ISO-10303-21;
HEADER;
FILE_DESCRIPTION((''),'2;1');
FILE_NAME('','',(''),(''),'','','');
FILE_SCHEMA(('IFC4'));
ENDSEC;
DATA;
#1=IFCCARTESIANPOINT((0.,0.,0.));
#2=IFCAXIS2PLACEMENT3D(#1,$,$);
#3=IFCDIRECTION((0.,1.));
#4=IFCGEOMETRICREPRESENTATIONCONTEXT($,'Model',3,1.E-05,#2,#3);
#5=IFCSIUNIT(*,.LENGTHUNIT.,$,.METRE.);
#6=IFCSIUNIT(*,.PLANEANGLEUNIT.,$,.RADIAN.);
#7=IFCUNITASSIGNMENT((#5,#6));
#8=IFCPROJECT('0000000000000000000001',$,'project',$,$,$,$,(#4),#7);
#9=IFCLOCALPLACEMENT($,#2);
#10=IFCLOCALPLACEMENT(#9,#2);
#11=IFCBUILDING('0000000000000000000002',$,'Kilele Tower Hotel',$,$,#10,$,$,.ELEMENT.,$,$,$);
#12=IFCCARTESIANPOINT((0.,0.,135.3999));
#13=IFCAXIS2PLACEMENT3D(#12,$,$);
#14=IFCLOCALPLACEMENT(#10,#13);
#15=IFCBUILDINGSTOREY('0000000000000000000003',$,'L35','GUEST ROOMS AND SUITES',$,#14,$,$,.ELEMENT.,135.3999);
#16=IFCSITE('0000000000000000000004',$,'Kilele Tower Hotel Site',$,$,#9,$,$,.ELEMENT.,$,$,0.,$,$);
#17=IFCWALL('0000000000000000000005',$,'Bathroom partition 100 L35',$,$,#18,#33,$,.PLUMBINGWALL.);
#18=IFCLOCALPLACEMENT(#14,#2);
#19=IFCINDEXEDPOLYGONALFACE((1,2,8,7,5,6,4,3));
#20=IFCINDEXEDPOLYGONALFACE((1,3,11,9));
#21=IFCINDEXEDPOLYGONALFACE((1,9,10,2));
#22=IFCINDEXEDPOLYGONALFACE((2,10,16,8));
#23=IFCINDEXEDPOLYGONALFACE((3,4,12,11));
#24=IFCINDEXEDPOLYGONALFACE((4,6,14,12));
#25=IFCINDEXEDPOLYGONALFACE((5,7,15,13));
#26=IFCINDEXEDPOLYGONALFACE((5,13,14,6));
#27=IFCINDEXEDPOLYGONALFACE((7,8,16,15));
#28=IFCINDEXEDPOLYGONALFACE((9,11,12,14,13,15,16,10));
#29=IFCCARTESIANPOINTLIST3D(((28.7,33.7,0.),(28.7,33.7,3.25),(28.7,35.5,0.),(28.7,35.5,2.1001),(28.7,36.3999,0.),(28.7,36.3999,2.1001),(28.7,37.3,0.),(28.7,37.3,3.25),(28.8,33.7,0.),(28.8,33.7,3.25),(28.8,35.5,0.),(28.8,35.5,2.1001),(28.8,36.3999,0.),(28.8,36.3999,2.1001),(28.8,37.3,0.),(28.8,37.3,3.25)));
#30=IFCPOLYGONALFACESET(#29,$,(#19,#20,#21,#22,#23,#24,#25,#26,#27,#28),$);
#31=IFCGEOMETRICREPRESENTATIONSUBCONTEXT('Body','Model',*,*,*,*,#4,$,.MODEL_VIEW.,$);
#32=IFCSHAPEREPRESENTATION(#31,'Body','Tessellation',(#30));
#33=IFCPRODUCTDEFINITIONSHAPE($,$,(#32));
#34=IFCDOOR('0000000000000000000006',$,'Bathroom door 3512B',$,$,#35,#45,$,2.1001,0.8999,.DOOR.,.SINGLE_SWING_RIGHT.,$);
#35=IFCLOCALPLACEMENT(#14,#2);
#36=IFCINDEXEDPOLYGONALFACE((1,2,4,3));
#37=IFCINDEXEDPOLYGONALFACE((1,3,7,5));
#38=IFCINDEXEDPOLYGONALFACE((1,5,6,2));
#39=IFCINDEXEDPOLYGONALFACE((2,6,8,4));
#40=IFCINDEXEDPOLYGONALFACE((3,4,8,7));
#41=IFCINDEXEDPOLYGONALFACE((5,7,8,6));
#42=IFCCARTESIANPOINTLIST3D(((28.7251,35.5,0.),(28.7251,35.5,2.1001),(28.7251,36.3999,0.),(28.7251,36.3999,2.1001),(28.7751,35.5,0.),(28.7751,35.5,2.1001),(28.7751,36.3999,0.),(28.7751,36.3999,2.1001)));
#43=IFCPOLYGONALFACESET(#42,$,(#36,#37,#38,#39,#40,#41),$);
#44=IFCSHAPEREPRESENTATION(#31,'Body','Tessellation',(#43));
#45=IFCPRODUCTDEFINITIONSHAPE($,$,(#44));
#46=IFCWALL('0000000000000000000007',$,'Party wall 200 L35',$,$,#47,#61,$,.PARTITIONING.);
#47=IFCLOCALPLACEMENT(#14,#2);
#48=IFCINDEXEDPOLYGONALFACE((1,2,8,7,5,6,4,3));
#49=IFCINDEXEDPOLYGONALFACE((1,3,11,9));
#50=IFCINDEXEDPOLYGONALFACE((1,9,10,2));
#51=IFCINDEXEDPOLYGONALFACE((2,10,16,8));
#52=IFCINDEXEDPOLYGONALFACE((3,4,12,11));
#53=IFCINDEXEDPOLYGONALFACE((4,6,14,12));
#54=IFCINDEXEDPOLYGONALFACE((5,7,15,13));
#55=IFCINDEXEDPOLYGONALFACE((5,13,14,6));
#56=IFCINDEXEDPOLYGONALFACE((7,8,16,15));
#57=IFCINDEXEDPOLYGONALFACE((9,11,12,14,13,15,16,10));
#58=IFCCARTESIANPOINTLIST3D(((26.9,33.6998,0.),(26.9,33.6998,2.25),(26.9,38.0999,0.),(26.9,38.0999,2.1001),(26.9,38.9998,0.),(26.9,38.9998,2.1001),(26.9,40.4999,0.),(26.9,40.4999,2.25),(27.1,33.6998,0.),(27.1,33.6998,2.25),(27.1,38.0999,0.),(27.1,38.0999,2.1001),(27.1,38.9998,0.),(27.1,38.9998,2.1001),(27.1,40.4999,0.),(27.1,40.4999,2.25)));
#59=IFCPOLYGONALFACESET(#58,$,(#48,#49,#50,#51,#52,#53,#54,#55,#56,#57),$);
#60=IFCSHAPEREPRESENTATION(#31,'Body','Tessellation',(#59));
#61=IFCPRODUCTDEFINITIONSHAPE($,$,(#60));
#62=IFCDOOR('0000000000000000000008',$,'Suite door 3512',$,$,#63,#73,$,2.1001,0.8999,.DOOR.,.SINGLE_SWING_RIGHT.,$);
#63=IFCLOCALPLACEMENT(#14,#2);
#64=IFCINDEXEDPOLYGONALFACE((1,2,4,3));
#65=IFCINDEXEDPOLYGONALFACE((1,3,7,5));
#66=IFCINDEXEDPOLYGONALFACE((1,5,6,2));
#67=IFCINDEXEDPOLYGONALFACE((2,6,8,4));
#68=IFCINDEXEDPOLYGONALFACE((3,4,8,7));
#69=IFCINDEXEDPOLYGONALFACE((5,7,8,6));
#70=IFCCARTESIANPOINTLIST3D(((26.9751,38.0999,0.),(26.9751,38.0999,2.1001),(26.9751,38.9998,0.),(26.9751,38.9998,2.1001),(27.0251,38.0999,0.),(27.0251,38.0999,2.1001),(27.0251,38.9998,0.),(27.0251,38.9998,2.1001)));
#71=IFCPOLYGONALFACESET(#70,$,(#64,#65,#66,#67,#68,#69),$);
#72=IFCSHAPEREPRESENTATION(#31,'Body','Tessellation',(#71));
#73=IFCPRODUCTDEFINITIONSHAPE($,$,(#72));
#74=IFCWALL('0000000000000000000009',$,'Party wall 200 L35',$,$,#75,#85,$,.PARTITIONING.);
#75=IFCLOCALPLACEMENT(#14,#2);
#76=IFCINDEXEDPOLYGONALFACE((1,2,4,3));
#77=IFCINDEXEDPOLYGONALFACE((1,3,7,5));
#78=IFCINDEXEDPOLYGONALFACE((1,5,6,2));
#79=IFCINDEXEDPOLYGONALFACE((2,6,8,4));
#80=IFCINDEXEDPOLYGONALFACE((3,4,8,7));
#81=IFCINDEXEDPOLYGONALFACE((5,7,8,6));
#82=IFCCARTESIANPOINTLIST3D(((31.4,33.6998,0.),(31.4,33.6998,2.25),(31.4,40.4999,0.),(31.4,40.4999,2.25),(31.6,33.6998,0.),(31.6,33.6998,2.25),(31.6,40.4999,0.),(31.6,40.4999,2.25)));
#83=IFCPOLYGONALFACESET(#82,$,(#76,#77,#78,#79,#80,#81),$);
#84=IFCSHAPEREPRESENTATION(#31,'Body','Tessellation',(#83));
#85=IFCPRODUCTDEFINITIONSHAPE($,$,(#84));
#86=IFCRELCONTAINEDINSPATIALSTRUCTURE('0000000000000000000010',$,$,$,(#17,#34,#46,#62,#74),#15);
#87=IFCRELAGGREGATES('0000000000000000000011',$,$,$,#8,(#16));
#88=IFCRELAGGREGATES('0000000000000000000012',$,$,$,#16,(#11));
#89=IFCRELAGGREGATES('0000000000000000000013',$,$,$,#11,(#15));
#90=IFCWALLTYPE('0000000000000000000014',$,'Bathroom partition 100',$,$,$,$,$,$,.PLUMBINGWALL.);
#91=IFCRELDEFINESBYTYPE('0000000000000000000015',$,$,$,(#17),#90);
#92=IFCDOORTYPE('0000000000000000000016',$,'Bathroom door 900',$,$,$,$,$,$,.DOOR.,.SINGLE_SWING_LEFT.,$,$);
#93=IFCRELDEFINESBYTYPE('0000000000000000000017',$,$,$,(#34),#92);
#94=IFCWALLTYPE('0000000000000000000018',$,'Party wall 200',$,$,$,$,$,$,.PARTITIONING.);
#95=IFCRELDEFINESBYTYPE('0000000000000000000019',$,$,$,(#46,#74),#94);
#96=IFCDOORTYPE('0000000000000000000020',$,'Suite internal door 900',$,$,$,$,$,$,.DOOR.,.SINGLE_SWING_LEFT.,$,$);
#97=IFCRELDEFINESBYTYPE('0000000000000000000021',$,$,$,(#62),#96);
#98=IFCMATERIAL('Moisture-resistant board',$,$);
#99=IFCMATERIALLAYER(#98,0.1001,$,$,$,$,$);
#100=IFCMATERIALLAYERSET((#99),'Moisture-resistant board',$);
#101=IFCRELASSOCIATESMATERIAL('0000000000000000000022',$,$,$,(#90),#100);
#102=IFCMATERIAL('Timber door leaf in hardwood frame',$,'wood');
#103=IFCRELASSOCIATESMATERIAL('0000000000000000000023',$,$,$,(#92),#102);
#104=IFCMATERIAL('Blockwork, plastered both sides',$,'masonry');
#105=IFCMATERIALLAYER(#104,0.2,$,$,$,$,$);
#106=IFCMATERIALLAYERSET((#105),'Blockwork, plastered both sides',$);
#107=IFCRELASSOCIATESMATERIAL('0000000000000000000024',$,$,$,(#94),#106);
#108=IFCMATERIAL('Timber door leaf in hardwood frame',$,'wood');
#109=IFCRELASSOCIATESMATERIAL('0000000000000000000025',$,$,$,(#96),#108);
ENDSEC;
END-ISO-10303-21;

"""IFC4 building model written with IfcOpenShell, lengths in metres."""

from ifc_helpers import new_model, si_unit, direction, frame, frame_2d, origin, place, context, subcontext, project, spatial, rectangle, extrude, material, layer, layer_set, type_object, element, fill, save


model = new_model("IFC4")

# Units and contexts
model_context = context("Model", 3, precision=1e-05, world=origin(), true_north=direction((0.0, 1.0)))
body_context = subcontext(model_context, "Body", "Model", "MODEL_VIEW")
ifc_project = project(units=[si_unit("LENGTHUNIT", "METRE"), si_unit("PLANEANGLEUNIT", "RADIAN")], contexts=[model_context])

# Site, building, storey
site_placement = place(None, origin())
site = spatial("IfcSite", under=ifc_project, at=site_placement, Name="Kilele Tower Hotel Site", CompositionType="ELEMENT", RefElevation=0.0)
building_placement = place(site_placement, origin())
building = spatial("IfcBuilding", under=site, at=building_placement, Name="Kilele Tower Hotel", CompositionType="ELEMENT")
storey_placement = place(building_placement, frame((0.0, 0.0, 135.3999)))
storey = spatial("IfcBuildingStorey", under=building, at=storey_placement, Name="L35", Description="GUEST ROOMS AND SUITES", CompositionType="ELEMENT", Elevation=135.3999)

# Shared definitions
ifc_material_1 = material(Name="Moisture-resistant board")
ifc_layer_1 = layer(ifc_material_1, 0.1001)
ifc_layer_set_1 = layer_set([ifc_layer_1], Name="Moisture-resistant board")
wall_type_1 = type_object("IfcWallType", Name="Bathroom partition 100", PredefinedType="PLUMBINGWALL", material=ifc_layer_set_1)

# Shared definitions
ifc_material_2 = material(Name="Timber door leaf in hardwood frame", Category="wood")
door_type_1 = type_object("IfcDoorType", Name="Bathroom door 900", OperationType="SINGLE_SWING_LEFT", PredefinedType="DOOR", material=ifc_material_2)

# Walls, openings, doors
wall_1_placement = place(storey_placement, frame((28.75, 33.7, 0.0), z_axis=(0.0, 0.0, 1.0), x_axis=(0.0, 1.0, 0.0)))
wall_1 = element("IfcWall", 1, at=wall_1_placement, inside=storey, type_object=wall_type_1, Name="Bathroom partition 100 L35", PredefinedType="PLUMBINGWALL", context=body_context, shape_type="SweptSolid", body=[
    extrude(rectangle(XDim=3.6001, YDim=0.1001, at=frame_2d((1.8, 0.0))), origin(), (0.0, 0.0, 1.0), 3.25),
])
opening_1_placement = place(wall_1_placement, frame((1.8, 0.0, 0.0)))
opening_1 = element("IfcOpeningElement", 2, at=opening_1_placement, cuts=wall_1, PredefinedType="OPENING", context=body_context, shape_type="SweptSolid", body=[
    extrude(rectangle(XDim=0.8999, YDim=2.1001, at=frame_2d((0.45, 1.05))), frame((0.0, 0.0601, 0.0), z_axis=(0.0, -1.0, 0.0), x_axis=(1.0, 0.0, 0.0)), (0.0, 0.0, 1.0), 0.1201),
])
door_1_placement = place(opening_1_placement, origin())
door_1 = element("IfcDoor", 3, at=door_1_placement, inside=storey, type_object=door_type_1, Name="Bathroom door 3512B", OperationType="SINGLE_SWING_RIGHT", OverallHeight=2.1001, OverallWidth=0.8999, PredefinedType="DOOR", context=body_context, shape_type="SweptSolid", body=[
    extrude(rectangle(XDim=0.8999, YDim=2.1001, at=frame_2d((0.45, 1.05))), frame((0.0, 0.0249, 0.0), z_axis=(0.0, -1.0, 0.0), x_axis=(1.0, 0.0, 0.0)), (0.0, 0.0, 1.0), 0.05),
])
fill(opening_1, door_1)
ifc_material_3 = material(Name="Blockwork, plastered both sides", Category="masonry")
ifc_layer_2 = layer(ifc_material_3, 0.2)
ifc_layer_set_2 = layer_set([ifc_layer_2], Name="Blockwork, plastered both sides")
wall_type_2 = type_object("IfcWallType", Name="Party wall 200", PredefinedType="PARTITIONING", material=ifc_layer_set_2)
wall_2_placement = place(storey_placement, frame((27.0, 33.7, 0.0), z_axis=(0.0, 0.0, 1.0), x_axis=(0.0, 1.0, 0.0)))
wall_2 = element("IfcWall", 4, at=wall_2_placement, inside=storey, type_object=wall_type_2, Name="Party wall 200 L35", PredefinedType="PARTITIONING", context=body_context, shape_type="SweptSolid", body=[
    extrude(rectangle(XDim=6.8, YDim=0.2, at=frame_2d((3.3999, 0.0))), origin(), (0.0, 0.0, 1.0), 2.25),
])
opening_2_placement = place(wall_2_placement, frame((4.3999, 0.0, 0.0)))
opening_2 = element("IfcOpeningElement", 5, at=opening_2_placement, cuts=wall_2, PredefinedType="OPENING", context=body_context, shape_type="SweptSolid", body=[
    extrude(rectangle(XDim=0.8999, YDim=2.1001, at=frame_2d((0.45, 1.05))), frame((0.0, 0.1099, 0.0), z_axis=(0.0, -1.0, 0.0), x_axis=(1.0, 0.0, 0.0)), (0.0, 0.0, 1.0), 0.22),
])
ifc_material_4 = material(Name="Timber door leaf in hardwood frame", Category="wood")
door_type_2 = type_object("IfcDoorType", Name="Suite internal door 900", OperationType="SINGLE_SWING_LEFT", PredefinedType="DOOR", material=ifc_material_4)
door_2_placement = place(opening_2_placement, origin())
door_2 = element("IfcDoor", 6, at=door_2_placement, inside=storey, type_object=door_type_2, Name="Suite door 3512", OperationType="SINGLE_SWING_RIGHT", OverallHeight=2.1001, OverallWidth=0.8999, PredefinedType="DOOR", context=body_context, shape_type="SweptSolid", body=[
    extrude(rectangle(XDim=0.8999, YDim=2.1001, at=frame_2d((0.45, 1.05))), frame((0.0, 0.0249, 0.0), z_axis=(0.0, -1.0, 0.0), x_axis=(1.0, 0.0, 0.0)), (0.0, 0.0, 1.0), 0.05),
])
fill(opening_2, door_2)

# Wall
wall_3_placement = place(storey_placement, frame((31.5, 33.7, 0.0), z_axis=(0.0, 0.0, 1.0), x_axis=(0.0, 1.0, 0.0)))
element("IfcWall", 7, at=wall_3_placement, inside=storey, type_object=wall_type_2, Name="Party wall 200 L35", PredefinedType="PARTITIONING", context=body_context, shape_type="SweptSolid", body=[
    extrude(rectangle(XDim=6.8, YDim=0.2, at=frame_2d((3.3999, 0.0))), origin(), (0.0, 0.0, 1.0), 2.25),
])

save(model, "model.ifc")
